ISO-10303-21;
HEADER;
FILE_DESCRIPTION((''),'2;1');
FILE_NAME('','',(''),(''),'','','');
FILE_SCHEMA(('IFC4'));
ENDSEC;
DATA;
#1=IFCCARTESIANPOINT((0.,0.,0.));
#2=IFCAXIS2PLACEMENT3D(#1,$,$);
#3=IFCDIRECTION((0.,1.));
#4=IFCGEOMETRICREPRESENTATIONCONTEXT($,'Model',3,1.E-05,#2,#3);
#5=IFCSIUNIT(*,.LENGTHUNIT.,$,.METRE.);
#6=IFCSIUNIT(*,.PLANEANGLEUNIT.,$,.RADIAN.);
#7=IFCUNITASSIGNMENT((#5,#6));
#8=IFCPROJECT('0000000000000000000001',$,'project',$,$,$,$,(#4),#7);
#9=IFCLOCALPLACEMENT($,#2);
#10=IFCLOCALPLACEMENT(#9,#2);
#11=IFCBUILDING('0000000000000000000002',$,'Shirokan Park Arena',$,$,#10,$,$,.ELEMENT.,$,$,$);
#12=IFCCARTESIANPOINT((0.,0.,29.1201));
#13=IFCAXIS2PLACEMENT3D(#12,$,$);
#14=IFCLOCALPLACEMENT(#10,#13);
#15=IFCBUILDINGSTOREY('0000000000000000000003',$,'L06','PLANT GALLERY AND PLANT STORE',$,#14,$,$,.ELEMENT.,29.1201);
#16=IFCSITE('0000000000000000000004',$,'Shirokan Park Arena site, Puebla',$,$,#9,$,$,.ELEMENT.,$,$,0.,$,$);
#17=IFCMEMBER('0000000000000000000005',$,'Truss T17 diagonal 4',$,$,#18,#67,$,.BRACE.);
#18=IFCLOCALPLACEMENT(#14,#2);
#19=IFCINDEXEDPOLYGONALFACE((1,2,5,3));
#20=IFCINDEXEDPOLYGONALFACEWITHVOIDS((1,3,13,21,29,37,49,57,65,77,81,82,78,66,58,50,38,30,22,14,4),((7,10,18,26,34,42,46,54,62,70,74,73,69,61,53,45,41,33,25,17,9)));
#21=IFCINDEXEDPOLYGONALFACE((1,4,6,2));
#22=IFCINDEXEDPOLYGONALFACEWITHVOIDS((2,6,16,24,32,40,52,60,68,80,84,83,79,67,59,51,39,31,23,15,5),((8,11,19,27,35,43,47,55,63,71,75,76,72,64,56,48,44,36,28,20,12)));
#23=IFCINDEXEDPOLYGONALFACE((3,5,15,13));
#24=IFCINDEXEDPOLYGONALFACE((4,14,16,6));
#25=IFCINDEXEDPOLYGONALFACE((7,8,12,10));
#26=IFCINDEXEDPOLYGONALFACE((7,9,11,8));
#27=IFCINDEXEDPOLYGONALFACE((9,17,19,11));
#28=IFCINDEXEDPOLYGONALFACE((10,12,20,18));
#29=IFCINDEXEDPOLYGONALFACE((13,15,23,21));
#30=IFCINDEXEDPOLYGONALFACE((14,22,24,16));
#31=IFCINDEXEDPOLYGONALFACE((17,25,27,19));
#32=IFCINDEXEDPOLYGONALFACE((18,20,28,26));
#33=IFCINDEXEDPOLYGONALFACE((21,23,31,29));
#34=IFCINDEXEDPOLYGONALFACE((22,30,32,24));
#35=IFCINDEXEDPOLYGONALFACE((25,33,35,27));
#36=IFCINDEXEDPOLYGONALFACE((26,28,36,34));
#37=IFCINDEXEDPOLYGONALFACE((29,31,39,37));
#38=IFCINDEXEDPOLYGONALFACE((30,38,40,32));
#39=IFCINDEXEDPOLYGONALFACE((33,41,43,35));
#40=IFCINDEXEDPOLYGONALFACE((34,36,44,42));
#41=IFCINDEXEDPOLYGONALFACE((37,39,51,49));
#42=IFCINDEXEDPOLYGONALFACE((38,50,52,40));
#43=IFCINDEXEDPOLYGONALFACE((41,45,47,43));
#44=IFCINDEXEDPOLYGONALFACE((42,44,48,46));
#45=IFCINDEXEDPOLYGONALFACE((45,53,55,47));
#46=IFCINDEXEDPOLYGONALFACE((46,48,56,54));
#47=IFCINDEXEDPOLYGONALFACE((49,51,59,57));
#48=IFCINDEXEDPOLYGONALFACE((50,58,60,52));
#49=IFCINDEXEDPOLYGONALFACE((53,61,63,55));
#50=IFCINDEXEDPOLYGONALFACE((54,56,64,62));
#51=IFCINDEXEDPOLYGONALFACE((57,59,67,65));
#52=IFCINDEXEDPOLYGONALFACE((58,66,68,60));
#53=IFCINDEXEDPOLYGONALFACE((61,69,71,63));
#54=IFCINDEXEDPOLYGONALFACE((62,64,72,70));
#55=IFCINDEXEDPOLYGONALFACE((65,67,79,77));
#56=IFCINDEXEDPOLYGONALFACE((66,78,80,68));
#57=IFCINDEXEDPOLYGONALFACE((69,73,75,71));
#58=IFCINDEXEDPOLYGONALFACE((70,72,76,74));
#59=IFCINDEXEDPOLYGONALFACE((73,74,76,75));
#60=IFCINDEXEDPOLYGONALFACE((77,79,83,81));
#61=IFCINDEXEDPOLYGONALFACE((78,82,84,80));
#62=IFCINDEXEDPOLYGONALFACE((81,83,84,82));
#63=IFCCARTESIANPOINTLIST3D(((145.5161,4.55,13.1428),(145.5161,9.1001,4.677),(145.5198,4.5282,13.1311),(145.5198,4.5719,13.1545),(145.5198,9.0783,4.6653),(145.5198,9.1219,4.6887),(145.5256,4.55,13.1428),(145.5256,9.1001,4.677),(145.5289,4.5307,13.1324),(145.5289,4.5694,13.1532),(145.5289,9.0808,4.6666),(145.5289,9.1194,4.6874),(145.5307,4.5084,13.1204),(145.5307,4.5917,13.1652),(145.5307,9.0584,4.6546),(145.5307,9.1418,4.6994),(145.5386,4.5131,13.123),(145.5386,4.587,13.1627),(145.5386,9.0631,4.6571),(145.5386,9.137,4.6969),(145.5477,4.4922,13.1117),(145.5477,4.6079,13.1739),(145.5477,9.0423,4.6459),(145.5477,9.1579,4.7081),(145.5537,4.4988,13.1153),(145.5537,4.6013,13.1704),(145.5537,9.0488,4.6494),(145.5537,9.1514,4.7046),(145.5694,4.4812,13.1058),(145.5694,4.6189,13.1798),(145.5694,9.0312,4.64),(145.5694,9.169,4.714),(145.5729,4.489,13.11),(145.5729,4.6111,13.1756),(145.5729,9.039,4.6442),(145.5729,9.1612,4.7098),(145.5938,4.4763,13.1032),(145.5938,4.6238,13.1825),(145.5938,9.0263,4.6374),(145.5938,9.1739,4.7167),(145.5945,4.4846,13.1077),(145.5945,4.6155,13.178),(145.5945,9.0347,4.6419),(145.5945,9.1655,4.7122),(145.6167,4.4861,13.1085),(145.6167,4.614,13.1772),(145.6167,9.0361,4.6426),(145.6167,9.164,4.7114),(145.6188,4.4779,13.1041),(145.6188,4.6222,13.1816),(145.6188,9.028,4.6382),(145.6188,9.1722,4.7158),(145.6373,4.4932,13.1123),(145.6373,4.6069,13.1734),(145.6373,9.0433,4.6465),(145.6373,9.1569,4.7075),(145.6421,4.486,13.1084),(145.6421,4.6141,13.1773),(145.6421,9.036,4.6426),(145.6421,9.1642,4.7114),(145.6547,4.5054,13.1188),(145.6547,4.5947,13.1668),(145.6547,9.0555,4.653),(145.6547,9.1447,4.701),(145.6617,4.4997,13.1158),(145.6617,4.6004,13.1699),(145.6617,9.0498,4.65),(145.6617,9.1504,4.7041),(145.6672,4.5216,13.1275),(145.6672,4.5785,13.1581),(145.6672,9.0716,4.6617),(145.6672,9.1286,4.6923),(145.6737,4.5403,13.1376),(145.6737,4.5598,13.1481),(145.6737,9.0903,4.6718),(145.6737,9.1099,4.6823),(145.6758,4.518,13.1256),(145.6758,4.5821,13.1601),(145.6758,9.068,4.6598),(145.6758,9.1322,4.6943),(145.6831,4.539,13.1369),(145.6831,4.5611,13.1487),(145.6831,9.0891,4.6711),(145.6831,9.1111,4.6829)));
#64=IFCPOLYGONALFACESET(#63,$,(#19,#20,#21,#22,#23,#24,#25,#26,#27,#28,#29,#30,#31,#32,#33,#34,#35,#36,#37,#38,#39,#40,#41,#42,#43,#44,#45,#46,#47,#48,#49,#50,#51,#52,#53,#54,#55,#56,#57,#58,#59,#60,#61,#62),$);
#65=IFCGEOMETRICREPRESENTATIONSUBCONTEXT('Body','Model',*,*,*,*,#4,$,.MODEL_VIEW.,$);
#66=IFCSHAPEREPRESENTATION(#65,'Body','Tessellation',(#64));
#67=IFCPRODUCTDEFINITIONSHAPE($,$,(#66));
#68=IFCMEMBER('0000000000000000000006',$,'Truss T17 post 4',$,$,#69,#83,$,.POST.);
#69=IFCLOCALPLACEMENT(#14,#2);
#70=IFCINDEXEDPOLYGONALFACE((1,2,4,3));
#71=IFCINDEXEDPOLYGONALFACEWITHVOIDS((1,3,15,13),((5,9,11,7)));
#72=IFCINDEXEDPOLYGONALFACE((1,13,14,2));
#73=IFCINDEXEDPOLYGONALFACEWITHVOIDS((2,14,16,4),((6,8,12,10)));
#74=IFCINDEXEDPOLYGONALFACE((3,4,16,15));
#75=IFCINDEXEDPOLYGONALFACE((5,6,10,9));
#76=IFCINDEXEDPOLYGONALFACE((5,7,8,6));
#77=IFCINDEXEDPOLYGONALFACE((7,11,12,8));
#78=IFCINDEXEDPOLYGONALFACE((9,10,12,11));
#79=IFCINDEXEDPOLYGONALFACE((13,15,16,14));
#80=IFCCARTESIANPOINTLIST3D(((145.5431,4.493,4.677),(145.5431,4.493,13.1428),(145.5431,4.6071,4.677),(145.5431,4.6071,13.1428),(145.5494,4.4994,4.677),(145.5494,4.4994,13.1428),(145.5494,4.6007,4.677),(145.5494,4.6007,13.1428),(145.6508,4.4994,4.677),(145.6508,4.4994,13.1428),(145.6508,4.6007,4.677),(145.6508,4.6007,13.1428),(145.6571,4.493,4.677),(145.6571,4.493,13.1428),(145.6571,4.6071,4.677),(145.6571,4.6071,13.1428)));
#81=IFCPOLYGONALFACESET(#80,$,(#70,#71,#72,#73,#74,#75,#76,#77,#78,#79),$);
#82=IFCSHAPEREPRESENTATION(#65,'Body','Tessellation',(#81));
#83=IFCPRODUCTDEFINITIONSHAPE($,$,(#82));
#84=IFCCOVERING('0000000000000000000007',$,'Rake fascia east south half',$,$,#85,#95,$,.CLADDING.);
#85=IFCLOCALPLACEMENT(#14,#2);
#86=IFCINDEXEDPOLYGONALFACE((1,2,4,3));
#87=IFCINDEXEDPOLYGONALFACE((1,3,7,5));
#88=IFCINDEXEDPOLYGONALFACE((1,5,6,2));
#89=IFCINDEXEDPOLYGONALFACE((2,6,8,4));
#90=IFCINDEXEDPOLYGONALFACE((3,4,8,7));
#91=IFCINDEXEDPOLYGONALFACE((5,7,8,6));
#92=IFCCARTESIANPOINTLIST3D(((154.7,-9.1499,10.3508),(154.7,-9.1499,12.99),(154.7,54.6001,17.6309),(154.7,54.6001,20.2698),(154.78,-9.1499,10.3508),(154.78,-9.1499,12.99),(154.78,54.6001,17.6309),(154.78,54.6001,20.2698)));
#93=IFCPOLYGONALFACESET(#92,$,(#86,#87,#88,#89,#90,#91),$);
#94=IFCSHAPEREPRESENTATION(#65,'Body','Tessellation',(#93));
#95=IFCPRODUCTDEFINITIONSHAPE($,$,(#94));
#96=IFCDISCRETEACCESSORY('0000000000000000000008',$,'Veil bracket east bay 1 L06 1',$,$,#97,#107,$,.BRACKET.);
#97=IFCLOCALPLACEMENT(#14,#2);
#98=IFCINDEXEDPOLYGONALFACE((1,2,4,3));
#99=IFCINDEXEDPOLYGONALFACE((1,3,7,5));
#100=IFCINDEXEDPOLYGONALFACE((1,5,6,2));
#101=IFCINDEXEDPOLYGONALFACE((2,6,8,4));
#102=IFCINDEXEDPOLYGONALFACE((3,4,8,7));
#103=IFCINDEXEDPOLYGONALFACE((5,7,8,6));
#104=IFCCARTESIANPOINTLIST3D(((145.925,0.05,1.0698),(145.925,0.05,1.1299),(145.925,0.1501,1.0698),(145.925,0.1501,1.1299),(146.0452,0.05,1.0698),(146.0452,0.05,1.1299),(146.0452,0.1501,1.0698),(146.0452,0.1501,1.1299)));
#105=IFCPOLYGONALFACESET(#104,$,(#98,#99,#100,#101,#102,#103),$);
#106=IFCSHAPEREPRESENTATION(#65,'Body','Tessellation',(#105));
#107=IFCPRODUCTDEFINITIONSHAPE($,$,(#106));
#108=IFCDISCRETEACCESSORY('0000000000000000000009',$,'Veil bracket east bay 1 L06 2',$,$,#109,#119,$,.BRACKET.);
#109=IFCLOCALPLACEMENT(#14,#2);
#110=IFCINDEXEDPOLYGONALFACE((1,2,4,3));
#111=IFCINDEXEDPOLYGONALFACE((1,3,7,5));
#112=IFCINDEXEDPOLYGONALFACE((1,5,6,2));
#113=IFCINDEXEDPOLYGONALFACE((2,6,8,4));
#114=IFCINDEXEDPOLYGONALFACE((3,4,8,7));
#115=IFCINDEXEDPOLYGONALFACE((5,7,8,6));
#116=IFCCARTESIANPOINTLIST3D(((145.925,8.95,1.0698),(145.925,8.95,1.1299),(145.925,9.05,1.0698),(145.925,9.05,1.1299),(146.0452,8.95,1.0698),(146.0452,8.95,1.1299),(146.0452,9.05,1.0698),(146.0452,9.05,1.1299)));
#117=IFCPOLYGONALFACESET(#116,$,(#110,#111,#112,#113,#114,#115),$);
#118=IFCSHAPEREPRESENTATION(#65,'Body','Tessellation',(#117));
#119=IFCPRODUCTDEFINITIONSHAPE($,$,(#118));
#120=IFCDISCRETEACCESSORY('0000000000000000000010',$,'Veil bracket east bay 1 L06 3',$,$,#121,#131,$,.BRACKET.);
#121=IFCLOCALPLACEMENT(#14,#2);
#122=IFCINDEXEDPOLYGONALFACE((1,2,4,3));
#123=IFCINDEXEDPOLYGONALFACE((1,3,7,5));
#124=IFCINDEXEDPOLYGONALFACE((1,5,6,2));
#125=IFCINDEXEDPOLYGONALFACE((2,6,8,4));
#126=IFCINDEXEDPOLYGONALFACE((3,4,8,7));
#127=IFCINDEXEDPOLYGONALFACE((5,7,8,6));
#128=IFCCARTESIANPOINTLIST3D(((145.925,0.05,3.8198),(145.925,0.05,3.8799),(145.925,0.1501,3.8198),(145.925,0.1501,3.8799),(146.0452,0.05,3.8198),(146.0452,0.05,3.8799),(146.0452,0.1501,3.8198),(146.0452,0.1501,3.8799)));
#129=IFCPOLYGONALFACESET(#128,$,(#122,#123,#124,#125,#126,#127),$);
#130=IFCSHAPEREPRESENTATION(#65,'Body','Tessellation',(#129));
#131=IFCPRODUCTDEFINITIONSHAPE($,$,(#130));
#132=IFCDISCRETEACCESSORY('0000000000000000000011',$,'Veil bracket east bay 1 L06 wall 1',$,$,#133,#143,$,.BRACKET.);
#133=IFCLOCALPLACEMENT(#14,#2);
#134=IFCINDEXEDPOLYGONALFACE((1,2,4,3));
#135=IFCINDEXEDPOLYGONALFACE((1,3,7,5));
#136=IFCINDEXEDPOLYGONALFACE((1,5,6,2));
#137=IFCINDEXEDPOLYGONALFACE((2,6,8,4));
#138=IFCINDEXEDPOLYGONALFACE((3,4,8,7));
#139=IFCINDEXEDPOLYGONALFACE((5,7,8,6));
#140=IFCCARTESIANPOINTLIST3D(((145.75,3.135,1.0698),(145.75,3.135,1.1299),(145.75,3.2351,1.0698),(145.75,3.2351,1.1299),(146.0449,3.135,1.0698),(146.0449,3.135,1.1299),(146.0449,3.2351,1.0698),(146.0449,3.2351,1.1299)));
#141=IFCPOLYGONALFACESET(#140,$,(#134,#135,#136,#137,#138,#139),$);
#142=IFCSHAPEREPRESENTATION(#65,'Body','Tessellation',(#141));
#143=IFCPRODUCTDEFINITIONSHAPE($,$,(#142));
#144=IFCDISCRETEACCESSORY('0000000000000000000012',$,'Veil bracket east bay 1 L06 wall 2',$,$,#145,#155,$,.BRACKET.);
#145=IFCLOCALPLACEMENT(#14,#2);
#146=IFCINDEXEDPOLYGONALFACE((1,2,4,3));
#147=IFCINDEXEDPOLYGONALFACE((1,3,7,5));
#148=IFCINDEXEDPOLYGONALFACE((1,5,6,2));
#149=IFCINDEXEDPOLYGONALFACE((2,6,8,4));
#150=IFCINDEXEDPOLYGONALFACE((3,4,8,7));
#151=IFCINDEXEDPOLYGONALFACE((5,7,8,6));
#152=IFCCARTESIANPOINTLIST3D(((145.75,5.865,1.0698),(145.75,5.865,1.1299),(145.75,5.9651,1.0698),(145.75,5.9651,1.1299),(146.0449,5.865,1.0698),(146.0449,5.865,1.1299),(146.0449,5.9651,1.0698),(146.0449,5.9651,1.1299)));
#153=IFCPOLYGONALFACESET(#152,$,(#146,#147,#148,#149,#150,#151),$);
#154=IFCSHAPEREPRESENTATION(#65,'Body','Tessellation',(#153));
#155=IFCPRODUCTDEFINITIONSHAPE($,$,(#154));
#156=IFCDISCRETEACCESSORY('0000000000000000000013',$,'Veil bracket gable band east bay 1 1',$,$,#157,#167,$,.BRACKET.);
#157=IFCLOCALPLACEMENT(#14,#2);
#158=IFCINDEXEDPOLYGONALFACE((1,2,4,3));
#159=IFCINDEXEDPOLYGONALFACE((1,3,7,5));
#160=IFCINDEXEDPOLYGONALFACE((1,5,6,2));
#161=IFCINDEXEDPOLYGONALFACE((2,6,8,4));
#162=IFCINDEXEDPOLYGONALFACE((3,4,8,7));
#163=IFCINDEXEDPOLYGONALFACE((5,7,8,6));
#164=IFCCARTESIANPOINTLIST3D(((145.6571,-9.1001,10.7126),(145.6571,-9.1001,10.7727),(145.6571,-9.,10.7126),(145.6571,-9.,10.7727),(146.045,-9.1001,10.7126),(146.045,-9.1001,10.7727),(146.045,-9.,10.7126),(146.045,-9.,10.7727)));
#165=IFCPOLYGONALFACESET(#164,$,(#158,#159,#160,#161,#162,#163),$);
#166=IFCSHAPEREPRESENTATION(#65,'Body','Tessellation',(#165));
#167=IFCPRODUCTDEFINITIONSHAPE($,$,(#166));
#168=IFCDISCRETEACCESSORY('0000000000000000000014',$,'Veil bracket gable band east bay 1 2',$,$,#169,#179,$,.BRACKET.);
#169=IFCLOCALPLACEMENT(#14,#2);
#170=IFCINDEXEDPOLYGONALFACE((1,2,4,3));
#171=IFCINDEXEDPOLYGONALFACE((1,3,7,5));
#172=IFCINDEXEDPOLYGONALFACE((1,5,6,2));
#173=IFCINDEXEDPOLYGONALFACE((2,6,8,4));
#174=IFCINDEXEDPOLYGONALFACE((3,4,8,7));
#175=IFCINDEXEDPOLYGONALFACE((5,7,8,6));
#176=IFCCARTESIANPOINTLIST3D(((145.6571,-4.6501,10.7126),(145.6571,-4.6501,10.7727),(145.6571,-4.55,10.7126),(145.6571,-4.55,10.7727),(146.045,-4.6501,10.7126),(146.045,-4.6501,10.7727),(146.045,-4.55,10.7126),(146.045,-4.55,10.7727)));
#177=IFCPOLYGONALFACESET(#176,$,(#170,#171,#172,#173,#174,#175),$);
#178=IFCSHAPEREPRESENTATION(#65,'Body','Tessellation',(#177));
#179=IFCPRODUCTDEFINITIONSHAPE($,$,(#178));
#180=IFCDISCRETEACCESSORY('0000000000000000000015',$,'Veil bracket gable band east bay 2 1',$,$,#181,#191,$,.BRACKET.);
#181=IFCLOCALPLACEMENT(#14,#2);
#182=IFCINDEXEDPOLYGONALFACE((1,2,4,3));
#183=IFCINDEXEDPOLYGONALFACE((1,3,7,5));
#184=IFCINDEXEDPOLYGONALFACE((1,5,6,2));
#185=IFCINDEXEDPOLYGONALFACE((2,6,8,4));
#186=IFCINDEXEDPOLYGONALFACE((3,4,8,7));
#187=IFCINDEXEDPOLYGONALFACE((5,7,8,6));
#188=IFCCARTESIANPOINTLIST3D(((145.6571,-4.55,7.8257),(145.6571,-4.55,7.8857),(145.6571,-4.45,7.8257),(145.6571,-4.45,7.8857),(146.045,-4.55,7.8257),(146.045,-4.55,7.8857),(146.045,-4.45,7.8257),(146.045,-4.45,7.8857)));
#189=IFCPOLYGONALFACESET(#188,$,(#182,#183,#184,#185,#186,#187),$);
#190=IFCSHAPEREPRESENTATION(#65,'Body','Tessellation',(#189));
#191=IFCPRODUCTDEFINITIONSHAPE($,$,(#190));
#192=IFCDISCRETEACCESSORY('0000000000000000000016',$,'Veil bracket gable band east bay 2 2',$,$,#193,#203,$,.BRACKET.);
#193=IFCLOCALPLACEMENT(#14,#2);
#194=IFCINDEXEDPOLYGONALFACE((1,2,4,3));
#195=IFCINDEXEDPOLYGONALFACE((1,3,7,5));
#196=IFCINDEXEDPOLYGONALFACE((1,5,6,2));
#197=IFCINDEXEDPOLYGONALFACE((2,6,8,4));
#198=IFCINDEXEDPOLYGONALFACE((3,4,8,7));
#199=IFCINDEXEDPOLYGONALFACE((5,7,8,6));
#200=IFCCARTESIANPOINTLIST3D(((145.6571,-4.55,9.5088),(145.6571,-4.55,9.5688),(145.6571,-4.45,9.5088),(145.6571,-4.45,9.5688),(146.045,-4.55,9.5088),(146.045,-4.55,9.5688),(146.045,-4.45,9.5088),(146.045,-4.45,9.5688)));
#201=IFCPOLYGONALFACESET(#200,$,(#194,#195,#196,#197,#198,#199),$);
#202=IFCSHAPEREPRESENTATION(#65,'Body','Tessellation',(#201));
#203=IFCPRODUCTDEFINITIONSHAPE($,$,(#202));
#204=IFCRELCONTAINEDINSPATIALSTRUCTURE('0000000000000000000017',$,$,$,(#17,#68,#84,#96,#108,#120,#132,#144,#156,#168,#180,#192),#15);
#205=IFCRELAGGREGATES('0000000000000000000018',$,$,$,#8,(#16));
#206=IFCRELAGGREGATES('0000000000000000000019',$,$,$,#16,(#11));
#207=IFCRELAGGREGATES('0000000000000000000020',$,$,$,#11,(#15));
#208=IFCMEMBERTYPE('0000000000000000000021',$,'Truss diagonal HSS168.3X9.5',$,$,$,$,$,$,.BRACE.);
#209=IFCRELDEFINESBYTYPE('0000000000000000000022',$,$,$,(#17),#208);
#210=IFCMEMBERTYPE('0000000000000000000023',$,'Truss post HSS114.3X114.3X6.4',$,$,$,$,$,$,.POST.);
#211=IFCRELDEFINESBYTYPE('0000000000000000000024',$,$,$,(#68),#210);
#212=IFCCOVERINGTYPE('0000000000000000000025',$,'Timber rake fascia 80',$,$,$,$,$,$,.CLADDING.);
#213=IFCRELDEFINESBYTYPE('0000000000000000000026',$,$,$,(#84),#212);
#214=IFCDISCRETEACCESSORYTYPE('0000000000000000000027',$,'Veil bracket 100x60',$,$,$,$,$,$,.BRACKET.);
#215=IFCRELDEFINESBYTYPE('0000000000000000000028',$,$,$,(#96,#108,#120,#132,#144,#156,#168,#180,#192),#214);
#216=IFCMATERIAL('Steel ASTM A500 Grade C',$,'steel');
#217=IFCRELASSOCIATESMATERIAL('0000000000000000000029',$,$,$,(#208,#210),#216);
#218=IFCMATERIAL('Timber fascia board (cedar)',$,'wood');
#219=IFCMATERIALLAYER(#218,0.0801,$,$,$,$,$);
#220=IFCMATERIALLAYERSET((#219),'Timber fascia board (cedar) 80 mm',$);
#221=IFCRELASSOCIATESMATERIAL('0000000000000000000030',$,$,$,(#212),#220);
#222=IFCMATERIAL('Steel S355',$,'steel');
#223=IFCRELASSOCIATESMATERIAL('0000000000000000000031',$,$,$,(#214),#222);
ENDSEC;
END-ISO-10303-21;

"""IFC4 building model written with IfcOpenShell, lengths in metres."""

from ifc_helpers import new_model, si_unit, direction, frame, origin, origin_2d, place, context, subcontext, project, spatial, polyline, rectangle, hollow_rectangle, hollow_circle, outline, extrude, material, layer, layer_set, material_profile, profile_set, type_object, element, save


model = new_model("IFC4")

# Units and contexts
model_context = context("Model", 3, precision=1e-05, world=origin(), true_north=direction((0.0, 1.0)))
body_context = subcontext(model_context, "Body", "Model", "MODEL_VIEW")
ifc_project = project(units=[si_unit("LENGTHUNIT", "METRE"), si_unit("PLANEANGLEUNIT", "RADIAN")], contexts=[model_context])

# Site, building, storey
site_placement = place(None, origin())
site = spatial("IfcSite", under=ifc_project, at=site_placement, Name="Shirokan Park Arena site, Puebla", CompositionType="ELEMENT", RefElevation=0.0)
building_placement = place(site_placement, origin())
building = spatial("IfcBuilding", under=site, at=building_placement, Name="Shirokan Park Arena", CompositionType="ELEMENT")
storey_placement = place(building_placement, frame((0.0, 0.0, 29.1201)))
storey = spatial("IfcBuildingStorey", under=building, at=storey_placement, Name="L06", Description="PLANT GALLERY AND PLANT STORE", CompositionType="ELEMENT", Elevation=29.1201)

# Shared definitions
ifc_material_1 = material(Name="Steel ASTM A500 Grade C", Category="steel")

# Members
ifc_material_profile_1 = material_profile(ifc_material_1, hollow_circle(Radius=0.084, WallThickness=0.0095, at=origin_2d()), Name="HSS168.3X9.5")
ifc_profile_set_1 = profile_set([ifc_material_profile_1], Name="Steel ASTM A500 Grade C")
member_type_1 = type_object("IfcMemberType", Name="Truss diagonal HSS168.3X9.5", PredefinedType="BRACE", material=ifc_profile_set_1)
member_1_placement = place(storey_placement, frame((145.6001, 4.55, 13.1428), z_axis=(0.0, 0.473417, -0.880839), x_axis=(-1.0, 0.0, 0.0)))
element("IfcMember", 1, at=member_1_placement, inside=storey, type_object=member_type_1, Name="Truss T17 diagonal 4", PredefinedType="BRACE", context=body_context, shape_type="SweptSolid", body=[
    extrude(hollow_circle(Radius=0.084, WallThickness=0.0095, at=origin_2d()), origin(), (0.0, 0.0, 1.0), 9.6111),
])
ifc_material_profile_2 = material_profile(ifc_material_1, hollow_rectangle(XDim=0.114, YDim=0.114, WallThickness=0.0063, at=origin_2d()), Name="HSS114.3X114.3X6.4")
ifc_profile_set_2 = profile_set([ifc_material_profile_2], Name="Steel ASTM A500 Grade C")
member_type_2 = type_object("IfcMemberType", Name="Truss post HSS114.3X114.3X6.4", PredefinedType="POST", material=ifc_profile_set_2)
member_2_placement = place(storey_placement, frame((145.6001, 4.55, 4.677), z_axis=(0.0, 0.0, 1.0), x_axis=(1.0, 0.0, 0.0)))
element("IfcMember", 2, at=member_2_placement, inside=storey, type_object=member_type_2, Name="Truss T17 post 4", PredefinedType="POST", context=body_context, shape_type="SweptSolid", body=[
    extrude(hollow_rectangle(XDim=0.114, YDim=0.114, WallThickness=0.0063, at=origin_2d()), origin(), (0.0, 0.0, 1.0), 8.4658),
])

# Covering
ifc_material_2 = material(Name="Timber fascia board (cedar)", Category="wood")
ifc_layer = layer(ifc_material_2, 0.0801)
ifc_layer_set = layer_set([ifc_layer], Name="Timber fascia board (cedar) 80 mm")
covering_type = type_object("IfcCoveringType", Name="Timber rake fascia 80", PredefinedType="CLADDING", material=ifc_layer_set)
covering_placement = place(storey_placement, frame((154.78, -9.1499, 10.3508), z_axis=(1.0, 0.0, 0.0), x_axis=(0.0, 0.993543, 0.113459)))
element("IfcCovering", 3, at=covering_placement, inside=storey, type_object=covering_type, Name="Rake fascia east south half", PredefinedType="CLADDING", context=body_context, shape_type="SweptSolid", body=[
    extrude(outline(polyline([(0.0, 0.0), (64.1643, 0.0), (64.4637, 2.6219), (0.2994, 2.6221), (0.0, 0.0)])), origin(), (0.0, 0.0, -1.0), 0.0801),
])

# Discrete accessories
ifc_material_3 = material(Name="Steel S355", Category="steel")
discrete_accessory_type = type_object("IfcDiscreteAccessoryType", Name="Veil bracket 100x60", PredefinedType="BRACKET", material=ifc_material_3)
for number, where, z_axis, x_axis, name in (
    (4, (145.9851, 0.1001, 1.0698), (0.0, 0.0, 1.0), (0.0, 1.0, 0.0), "Veil bracket east bay 1 L06 1"),
    (5, (145.9851, 9.0, 1.0698), (0.0, 0.0, 1.0), (0.0, 1.0, 0.0), "Veil bracket east bay 1 L06 2"),
    (6, (145.9851, 0.1001, 3.8198), (0.0, 0.0, 1.0), (0.0, 1.0, 0.0), "Veil bracket east bay 1 L06 3"),
):
    element("IfcDiscreteAccessory", number, at=place(storey_placement, frame(where, z_axis=z_axis, x_axis=x_axis)), inside=storey, type_object=discrete_accessory_type, Name=name, PredefinedType="BRACKET", context=body_context, shape_type="SweptSolid", body=[
        extrude(rectangle(XDim=0.1001, YDim=0.1201, at=origin_2d()), origin(), (0.0, 0.0, 1.0), 0.0601),
    ])
for number, where, z_axis, x_axis, name in (
    (7, (145.8975, 3.1851, 1.0698), (0.0, 0.0, 1.0), (0.0, 1.0, 0.0), "Veil bracket east bay 1 L06 wall 1"),
    (8, (145.8975, 5.915, 1.0698), (0.0, 0.0, 1.0), (0.0, 1.0, 0.0), "Veil bracket east bay 1 L06 wall 2"),
):
    element("IfcDiscreteAccessory", number, at=place(storey_placement, frame(where, z_axis=z_axis, x_axis=x_axis)), inside=storey, type_object=discrete_accessory_type, Name=name, PredefinedType="BRACKET", context=body_context, shape_type="SweptSolid", body=[
        extrude(rectangle(XDim=0.1001, YDim=0.2949, at=origin_2d()), origin(), (0.0, 0.0, 1.0), 0.0601),
    ])
for number, where, z_axis, x_axis, name in (
    (9, (145.8511, -9.05, 10.7126), (0.0, 0.0, 1.0), (1.0, 0.0, 0.0), "Veil bracket gable band east bay 1 1"),
    (10, (145.8511, -4.6001, 10.7126), (0.0, 0.0, 1.0), (1.0, 0.0, 0.0), "Veil bracket gable band east bay 1 2"),
    (11, (145.8511, -4.5, 7.8257), (0.0, 0.0, 1.0), (1.0, 0.0, 0.0), "Veil bracket gable band east bay 2 1"),
    (12, (145.8511, -4.5, 9.5088), (0.0, 0.0, 1.0), (1.0, 0.0, 0.0), "Veil bracket gable band east bay 2 2"),
):
    element("IfcDiscreteAccessory", number, at=place(storey_placement, frame(where, z_axis=z_axis, x_axis=x_axis)), inside=storey, type_object=discrete_accessory_type, Name=name, PredefinedType="BRACKET", context=body_context, shape_type="SweptSolid", body=[
        extrude(rectangle(XDim=0.3879, YDim=0.1001, at=origin_2d()), origin(), (0.0, 0.0, 1.0), 0.0601),
    ])

save(model, "model.ifc")
